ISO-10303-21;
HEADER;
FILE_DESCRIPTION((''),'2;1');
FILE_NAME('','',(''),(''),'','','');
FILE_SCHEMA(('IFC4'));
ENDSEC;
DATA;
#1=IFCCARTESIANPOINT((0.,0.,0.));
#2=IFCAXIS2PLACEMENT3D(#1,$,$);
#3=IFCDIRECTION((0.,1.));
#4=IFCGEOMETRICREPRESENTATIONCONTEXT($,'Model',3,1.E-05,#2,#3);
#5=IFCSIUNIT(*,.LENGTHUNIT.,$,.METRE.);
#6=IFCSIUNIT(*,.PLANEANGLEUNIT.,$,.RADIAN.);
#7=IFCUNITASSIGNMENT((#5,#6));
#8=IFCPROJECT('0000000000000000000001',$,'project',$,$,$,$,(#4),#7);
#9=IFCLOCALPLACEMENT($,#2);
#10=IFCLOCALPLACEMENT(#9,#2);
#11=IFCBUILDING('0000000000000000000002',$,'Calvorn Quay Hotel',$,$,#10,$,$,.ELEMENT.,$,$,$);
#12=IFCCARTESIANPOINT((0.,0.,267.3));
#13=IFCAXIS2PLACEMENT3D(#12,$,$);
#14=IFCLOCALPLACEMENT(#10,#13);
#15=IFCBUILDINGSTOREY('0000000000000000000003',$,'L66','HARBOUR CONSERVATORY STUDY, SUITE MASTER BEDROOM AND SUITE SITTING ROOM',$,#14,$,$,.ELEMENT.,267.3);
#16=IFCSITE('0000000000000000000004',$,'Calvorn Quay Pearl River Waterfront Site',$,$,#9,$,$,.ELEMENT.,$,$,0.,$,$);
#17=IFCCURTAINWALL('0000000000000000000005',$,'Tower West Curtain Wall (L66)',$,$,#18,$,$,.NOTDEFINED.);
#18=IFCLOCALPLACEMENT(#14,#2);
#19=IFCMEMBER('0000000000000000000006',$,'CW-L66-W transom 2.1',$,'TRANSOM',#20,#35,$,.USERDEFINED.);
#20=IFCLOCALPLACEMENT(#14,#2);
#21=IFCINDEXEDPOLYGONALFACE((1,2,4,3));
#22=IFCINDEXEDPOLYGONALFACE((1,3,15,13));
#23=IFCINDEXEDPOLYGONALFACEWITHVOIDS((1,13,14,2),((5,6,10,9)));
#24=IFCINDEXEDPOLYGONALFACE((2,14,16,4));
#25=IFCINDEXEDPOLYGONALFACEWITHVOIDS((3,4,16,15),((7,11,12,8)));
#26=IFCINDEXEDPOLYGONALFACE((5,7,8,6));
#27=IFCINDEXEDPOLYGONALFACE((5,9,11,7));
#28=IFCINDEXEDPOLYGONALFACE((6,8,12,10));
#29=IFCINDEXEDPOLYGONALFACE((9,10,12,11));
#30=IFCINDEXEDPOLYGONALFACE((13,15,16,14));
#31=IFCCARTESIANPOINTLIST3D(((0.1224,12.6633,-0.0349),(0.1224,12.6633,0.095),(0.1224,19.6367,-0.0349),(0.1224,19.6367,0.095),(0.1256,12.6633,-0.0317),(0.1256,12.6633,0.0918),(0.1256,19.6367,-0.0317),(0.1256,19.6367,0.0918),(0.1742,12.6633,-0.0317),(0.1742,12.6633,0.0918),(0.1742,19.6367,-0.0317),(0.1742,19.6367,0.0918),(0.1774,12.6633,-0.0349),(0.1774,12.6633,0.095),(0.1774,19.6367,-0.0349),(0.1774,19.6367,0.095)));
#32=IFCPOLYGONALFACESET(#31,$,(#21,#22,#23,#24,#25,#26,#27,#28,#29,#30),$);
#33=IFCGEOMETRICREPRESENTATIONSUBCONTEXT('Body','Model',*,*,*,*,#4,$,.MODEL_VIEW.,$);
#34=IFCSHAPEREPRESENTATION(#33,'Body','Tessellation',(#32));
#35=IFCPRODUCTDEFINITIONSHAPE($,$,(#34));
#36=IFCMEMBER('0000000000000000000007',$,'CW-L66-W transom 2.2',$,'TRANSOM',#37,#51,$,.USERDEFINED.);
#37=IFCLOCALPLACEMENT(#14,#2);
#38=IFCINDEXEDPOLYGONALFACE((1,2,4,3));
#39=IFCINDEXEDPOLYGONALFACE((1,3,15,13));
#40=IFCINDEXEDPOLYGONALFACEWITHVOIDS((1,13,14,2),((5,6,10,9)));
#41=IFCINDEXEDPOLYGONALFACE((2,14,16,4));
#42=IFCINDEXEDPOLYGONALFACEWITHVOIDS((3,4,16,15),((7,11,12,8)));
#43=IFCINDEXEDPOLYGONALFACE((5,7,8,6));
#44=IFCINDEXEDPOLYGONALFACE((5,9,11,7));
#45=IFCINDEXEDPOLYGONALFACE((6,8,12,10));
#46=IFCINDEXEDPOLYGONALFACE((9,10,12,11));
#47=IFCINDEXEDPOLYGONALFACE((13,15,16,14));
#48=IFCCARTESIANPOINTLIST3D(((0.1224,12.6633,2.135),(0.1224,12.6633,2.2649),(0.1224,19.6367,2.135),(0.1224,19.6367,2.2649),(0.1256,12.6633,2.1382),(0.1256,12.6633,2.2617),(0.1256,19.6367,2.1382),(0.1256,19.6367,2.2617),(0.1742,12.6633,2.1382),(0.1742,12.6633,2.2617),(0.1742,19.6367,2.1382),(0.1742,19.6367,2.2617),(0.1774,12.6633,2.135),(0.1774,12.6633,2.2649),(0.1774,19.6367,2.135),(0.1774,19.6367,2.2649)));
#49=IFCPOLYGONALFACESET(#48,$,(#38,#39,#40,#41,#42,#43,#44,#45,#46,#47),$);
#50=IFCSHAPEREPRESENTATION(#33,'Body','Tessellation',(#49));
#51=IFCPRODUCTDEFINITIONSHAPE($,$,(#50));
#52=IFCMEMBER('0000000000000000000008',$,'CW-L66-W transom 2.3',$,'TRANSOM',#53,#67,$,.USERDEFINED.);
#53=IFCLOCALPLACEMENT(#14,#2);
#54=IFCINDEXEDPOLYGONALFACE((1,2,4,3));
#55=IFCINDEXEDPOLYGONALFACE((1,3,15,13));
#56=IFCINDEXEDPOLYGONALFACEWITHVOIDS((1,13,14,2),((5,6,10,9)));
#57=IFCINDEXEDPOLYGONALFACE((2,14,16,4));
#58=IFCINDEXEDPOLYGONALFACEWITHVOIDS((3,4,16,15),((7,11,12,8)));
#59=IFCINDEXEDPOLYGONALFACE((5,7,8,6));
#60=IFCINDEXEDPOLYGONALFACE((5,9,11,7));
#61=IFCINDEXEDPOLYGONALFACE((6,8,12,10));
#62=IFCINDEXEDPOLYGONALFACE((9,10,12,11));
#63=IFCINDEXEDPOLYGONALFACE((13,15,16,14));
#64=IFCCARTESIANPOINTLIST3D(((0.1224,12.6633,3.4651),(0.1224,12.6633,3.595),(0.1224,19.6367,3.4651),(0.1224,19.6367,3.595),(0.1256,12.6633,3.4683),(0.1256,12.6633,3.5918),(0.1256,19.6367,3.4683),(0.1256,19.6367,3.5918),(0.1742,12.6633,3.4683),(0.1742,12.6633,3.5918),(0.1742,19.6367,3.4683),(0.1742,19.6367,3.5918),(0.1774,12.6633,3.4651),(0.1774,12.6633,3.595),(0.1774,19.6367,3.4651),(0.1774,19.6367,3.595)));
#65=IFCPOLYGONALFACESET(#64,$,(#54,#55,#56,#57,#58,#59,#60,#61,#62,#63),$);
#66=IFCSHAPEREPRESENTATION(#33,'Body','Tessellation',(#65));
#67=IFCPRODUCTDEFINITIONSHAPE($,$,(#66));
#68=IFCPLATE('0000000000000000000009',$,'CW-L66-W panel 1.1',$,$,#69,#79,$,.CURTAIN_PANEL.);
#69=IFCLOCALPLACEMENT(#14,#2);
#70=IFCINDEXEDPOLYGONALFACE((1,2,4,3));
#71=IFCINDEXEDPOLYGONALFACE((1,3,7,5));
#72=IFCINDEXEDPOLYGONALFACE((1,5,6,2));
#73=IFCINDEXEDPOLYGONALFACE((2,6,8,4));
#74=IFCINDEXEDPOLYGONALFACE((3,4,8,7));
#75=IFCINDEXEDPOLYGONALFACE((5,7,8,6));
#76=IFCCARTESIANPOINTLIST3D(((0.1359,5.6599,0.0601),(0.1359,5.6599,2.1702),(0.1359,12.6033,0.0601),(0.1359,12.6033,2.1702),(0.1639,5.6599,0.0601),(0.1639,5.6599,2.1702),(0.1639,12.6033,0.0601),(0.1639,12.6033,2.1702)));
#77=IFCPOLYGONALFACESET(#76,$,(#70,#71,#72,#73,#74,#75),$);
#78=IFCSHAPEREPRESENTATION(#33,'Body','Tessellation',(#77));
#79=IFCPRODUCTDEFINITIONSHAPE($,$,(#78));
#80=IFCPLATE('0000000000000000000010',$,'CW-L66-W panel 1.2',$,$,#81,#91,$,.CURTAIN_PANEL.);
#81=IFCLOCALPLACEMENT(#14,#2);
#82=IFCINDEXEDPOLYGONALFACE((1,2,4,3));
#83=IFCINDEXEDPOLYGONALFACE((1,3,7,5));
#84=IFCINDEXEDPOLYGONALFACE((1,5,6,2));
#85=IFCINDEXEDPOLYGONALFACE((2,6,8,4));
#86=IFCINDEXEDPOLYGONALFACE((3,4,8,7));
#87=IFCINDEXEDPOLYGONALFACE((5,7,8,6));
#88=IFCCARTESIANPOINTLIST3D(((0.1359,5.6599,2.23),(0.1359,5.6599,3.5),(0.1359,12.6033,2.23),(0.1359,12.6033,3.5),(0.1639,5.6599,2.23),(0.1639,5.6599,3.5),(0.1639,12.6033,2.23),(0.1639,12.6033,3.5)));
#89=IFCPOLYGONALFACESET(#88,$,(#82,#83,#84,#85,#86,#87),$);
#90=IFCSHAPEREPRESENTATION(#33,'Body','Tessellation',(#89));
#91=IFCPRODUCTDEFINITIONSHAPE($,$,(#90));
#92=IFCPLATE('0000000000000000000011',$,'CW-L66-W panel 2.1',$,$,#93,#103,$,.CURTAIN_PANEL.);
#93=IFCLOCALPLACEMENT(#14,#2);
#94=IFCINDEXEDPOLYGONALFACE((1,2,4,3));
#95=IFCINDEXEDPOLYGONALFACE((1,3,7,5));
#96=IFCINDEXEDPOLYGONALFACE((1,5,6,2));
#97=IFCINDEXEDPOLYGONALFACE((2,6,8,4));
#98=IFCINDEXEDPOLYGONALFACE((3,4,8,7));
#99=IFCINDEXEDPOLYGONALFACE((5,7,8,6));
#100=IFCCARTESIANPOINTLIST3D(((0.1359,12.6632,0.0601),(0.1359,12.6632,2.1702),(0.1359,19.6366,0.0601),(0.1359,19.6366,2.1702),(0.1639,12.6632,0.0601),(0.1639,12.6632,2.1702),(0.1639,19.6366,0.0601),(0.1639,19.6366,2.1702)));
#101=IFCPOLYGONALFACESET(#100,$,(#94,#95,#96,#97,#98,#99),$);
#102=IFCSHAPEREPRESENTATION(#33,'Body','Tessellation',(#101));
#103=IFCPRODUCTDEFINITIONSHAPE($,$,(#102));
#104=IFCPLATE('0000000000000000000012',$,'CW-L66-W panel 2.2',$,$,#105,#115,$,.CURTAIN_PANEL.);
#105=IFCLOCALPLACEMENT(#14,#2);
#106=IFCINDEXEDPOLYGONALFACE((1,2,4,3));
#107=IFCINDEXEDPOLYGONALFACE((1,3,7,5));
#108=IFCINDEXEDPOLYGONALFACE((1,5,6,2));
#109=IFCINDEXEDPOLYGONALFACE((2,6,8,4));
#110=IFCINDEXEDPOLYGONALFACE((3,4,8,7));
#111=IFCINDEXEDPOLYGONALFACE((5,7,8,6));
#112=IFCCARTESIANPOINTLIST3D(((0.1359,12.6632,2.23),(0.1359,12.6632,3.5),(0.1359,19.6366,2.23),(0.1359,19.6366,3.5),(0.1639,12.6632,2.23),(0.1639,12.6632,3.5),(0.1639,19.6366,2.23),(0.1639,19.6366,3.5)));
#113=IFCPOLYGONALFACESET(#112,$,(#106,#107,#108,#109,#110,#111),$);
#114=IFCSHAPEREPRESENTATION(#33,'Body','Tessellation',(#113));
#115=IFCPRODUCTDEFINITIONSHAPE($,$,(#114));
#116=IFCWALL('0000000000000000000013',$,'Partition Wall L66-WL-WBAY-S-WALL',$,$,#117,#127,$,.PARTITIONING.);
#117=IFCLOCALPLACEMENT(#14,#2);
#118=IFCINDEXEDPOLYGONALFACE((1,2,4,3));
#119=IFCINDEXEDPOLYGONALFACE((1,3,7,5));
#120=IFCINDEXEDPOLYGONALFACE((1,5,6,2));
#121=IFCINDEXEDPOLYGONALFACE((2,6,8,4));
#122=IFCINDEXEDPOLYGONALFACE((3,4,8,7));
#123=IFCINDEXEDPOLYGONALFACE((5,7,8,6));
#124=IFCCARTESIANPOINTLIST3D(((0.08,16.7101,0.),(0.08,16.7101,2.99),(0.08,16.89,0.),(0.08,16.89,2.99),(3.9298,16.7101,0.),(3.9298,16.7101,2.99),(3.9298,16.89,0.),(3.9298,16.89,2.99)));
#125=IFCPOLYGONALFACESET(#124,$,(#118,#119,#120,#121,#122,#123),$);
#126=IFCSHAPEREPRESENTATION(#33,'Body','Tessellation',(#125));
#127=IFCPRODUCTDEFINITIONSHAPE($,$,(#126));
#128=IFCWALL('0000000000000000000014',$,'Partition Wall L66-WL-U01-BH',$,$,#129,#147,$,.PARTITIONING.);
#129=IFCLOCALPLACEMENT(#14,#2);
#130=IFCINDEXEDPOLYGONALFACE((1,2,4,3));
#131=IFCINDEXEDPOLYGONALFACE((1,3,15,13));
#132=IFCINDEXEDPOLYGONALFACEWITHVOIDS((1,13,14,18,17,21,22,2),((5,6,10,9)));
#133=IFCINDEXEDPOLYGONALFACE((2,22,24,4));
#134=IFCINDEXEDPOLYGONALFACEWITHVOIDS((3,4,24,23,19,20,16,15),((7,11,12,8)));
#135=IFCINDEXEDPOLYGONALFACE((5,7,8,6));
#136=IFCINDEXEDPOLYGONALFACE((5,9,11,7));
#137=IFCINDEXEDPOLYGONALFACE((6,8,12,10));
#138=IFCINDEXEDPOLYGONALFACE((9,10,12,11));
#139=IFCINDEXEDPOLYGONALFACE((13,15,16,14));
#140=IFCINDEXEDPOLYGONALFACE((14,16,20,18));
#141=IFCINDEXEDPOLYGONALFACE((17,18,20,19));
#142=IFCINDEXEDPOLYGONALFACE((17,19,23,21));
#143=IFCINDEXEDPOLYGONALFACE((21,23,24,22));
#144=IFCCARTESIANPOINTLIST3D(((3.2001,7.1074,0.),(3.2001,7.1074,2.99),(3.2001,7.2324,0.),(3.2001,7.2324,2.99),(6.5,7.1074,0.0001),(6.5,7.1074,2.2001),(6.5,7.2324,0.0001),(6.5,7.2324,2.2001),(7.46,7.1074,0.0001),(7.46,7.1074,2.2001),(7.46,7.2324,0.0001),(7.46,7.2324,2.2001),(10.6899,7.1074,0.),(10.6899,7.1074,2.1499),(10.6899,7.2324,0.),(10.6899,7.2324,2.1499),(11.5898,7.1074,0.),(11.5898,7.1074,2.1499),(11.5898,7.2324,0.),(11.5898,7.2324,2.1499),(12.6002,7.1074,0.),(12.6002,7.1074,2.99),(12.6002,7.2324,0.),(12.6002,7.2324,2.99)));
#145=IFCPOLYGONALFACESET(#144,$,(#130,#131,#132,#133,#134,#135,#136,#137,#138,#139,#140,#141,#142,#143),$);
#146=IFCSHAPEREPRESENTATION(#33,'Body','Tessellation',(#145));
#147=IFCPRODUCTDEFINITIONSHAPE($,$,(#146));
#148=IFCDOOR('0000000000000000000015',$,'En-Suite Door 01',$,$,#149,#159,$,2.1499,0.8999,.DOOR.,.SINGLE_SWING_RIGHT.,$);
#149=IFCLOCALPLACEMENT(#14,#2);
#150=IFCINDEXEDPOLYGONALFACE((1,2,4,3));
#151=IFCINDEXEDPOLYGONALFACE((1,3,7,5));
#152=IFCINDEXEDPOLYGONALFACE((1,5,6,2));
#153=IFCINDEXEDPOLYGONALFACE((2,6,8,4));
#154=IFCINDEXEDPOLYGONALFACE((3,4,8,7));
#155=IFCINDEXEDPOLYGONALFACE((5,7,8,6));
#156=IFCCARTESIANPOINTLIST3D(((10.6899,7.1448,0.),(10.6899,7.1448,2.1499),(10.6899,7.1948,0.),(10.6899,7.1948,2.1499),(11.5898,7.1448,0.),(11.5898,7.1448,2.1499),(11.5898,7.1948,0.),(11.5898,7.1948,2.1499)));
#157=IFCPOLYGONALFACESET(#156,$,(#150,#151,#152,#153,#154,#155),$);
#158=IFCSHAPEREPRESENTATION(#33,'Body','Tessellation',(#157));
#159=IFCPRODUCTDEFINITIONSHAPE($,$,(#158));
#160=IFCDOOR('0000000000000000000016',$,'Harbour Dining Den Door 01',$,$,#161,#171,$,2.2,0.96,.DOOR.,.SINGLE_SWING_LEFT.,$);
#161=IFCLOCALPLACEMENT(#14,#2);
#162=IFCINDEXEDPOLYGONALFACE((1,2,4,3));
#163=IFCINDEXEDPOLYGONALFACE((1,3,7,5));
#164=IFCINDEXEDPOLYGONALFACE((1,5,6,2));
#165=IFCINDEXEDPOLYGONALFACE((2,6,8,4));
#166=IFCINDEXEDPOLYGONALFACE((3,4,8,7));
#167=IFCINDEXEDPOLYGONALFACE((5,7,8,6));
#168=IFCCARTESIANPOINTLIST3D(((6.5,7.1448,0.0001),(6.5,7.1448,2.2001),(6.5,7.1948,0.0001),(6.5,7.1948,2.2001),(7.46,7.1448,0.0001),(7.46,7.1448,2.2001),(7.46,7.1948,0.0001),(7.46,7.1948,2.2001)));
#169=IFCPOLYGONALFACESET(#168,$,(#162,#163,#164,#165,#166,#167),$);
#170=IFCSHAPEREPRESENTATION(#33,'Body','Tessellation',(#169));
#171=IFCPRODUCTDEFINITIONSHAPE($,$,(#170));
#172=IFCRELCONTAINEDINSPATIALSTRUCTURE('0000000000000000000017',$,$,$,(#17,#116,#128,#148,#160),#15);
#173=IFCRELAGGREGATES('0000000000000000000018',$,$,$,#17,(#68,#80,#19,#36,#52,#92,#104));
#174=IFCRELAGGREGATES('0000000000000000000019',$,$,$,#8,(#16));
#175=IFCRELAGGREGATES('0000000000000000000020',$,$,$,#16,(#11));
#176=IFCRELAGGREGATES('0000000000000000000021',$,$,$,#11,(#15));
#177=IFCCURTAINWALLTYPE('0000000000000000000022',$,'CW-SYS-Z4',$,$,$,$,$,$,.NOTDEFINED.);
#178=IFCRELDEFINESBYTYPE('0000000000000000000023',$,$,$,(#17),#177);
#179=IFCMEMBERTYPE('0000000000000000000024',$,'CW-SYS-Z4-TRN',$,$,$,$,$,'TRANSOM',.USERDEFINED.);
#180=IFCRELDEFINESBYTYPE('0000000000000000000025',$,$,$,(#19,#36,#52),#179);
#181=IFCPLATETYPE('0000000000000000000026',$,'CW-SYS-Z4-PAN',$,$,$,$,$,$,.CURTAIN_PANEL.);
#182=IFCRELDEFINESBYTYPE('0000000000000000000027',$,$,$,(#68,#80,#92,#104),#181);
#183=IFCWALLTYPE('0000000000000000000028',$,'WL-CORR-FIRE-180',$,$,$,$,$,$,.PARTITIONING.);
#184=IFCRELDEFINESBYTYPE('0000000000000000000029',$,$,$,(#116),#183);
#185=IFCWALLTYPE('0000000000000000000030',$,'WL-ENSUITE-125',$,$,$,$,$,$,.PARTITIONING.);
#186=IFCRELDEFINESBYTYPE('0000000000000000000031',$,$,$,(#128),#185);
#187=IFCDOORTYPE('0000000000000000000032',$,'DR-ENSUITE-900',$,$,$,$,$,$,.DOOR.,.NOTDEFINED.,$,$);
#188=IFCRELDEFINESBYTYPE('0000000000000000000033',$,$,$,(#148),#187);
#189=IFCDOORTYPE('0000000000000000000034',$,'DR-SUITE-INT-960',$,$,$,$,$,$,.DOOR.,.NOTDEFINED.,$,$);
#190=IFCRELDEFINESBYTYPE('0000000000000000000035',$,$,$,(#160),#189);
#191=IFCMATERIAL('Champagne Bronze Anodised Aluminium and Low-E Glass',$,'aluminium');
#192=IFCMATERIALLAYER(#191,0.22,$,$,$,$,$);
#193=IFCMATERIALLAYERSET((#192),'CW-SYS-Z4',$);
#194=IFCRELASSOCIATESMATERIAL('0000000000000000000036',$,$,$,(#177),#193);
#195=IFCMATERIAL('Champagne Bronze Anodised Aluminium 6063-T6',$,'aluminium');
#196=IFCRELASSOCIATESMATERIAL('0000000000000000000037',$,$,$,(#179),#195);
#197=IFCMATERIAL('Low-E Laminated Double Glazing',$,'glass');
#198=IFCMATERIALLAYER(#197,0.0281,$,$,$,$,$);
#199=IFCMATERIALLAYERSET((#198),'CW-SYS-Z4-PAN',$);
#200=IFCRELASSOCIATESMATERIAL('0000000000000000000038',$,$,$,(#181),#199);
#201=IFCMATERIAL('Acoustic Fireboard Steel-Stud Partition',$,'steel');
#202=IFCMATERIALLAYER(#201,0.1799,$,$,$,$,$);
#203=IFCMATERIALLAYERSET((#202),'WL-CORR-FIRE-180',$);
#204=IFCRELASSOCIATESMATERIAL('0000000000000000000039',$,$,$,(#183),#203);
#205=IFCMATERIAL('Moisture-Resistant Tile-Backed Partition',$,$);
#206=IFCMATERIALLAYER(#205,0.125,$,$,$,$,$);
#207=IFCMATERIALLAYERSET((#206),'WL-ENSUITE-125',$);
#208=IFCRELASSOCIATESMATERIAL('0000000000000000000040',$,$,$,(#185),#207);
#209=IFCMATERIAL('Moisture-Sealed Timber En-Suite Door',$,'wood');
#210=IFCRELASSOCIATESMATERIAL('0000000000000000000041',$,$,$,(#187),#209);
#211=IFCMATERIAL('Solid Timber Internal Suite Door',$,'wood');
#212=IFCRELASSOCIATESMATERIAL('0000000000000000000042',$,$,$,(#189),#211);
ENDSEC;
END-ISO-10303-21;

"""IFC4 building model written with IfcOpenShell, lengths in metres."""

from ifc_helpers import new_model, si_unit, direction, frame, frame_2d, origin, origin_2d, place, context, subcontext, project, spatial, rectangle, hollow_rectangle, extrude, material, layer, layer_set, material_profile, profile_set, type_object, element, fill, aggregate, save


model = new_model("IFC4")

# Units and contexts
model_context = context("Model", 3, precision=1e-05, world=origin(), true_north=direction((0.0, 1.0)))
body_context = subcontext(model_context, "Body", "Model", "MODEL_VIEW")
ifc_project = project(units=[si_unit("LENGTHUNIT", "METRE"), si_unit("PLANEANGLEUNIT", "RADIAN")], contexts=[model_context])

# Site, building, storey
site_placement = place(None, origin())
site = spatial("IfcSite", under=ifc_project, at=site_placement, Name="Calvorn Quay Pearl River Waterfront Site", CompositionType="ELEMENT", RefElevation=0.0)
building_placement = place(site_placement, origin())
building = spatial("IfcBuilding", under=site, at=building_placement, Name="Calvorn Quay Hotel", CompositionType="ELEMENT")
storey_placement = place(building_placement, frame((0.0, 0.0, 267.3)))
storey = spatial("IfcBuildingStorey", under=building, at=storey_placement, Name="L66", Description="HARBOUR CONSERVATORY STUDY, SUITE MASTER BEDROOM AND SUITE SITTING ROOM", CompositionType="ELEMENT", Elevation=267.3)

# Curtain wall, members, plates
ifc_material_1 = material(Name="Champagne Bronze Anodised Aluminium and Low-E Glass", Category="aluminium")
ifc_layer_1 = layer(ifc_material_1, 0.22)
ifc_layer_set_1 = layer_set([ifc_layer_1], Name="CW-SYS-Z4")
curtain_wall_type = type_object("IfcCurtainWallType", Name="CW-SYS-Z4", PredefinedType="NOTDEFINED", material=ifc_layer_set_1)
curtain_wall_placement = place(storey_placement, origin())
curtain_wall = element("IfcCurtainWall", 1, at=curtain_wall_placement, inside=storey, type_object=curtain_wall_type, Name="Tower West Curtain Wall (L66)", PredefinedType="NOTDEFINED")
ifc_material_2 = material(Name="Champagne Bronze Anodised Aluminium 6063-T6", Category="aluminium")
ifc_material_profile_1 = material_profile(ifc_material_2, hollow_rectangle(XDim=0.0549, YDim=0.1299, WallThickness=0.0032, at=origin_2d()), Name="ALU-T130x55x3.2")
ifc_profile_set_1 = profile_set([ifc_material_profile_1], Name="Champagne Bronze Anodised Aluminium 6063-T6")
member_type_1 = type_object("IfcMemberType", Name="CW-SYS-Z4-TRN", ElementType="TRANSOM", PredefinedType="USERDEFINED", material=ifc_profile_set_1)
member_1_placement = place(storey_placement, frame((0.1499, 12.6633, 0.03), z_axis=(0.0, 1.0, 0.0), x_axis=(-1.0, 0.0, 0.0)))
member_1 = element("IfcMember", 2, at=member_1_placement, type_object=member_type_1, Name="CW-L66-W transom 2.1", ObjectType="TRANSOM", PredefinedType="USERDEFINED", context=body_context, shape_type="SweptSolid", body=[
    extrude(hollow_rectangle(XDim=0.0549, YDim=0.1299, WallThickness=0.0032, at=origin_2d()), origin(), (0.0, 0.0, 1.0), 6.9734),
])
member_2_placement = place(storey_placement, frame((0.1499, 12.6633, 2.2), z_axis=(0.0, 1.0, 0.0), x_axis=(-1.0, 0.0, 0.0)))
member_2 = element("IfcMember", 3, at=member_2_placement, type_object=member_type_1, Name="CW-L66-W transom 2.2", ObjectType="TRANSOM", PredefinedType="USERDEFINED", context=body_context, shape_type="SweptSolid", body=[
    extrude(hollow_rectangle(XDim=0.0549, YDim=0.1299, WallThickness=0.0032, at=origin_2d()), origin(), (0.0, 0.0, 1.0), 6.9734),
])
member_3_placement = place(storey_placement, frame((0.1499, 12.6633, 3.53), z_axis=(0.0, 1.0, 0.0), x_axis=(-1.0, 0.0, 0.0)))
member_3 = element("IfcMember", 4, at=member_3_placement, type_object=member_type_1, Name="CW-L66-W transom 2.3", ObjectType="TRANSOM", PredefinedType="USERDEFINED", context=body_context, shape_type="SweptSolid", body=[
    extrude(hollow_rectangle(XDim=0.0549, YDim=0.1299, WallThickness=0.0032, at=origin_2d()), origin(), (0.0, 0.0, 1.0), 6.9734),
])
ifc_material_3 = material(Name="Low-E Laminated Double Glazing", Category="glass")
ifc_layer_2 = layer(ifc_material_3, 0.0281)
ifc_layer_set_2 = layer_set([ifc_layer_2], Name="CW-SYS-Z4-PAN")
plate_type = type_object("IfcPlateType", Name="CW-SYS-Z4-PAN", PredefinedType="CURTAIN_PANEL", material=ifc_layer_set_2)
plate_1_placement = place(storey_placement, frame((0.1499, 9.1316, 0.0601), z_axis=(0.0, 0.0, 1.0), x_axis=(0.0, 1.0, 0.0)))
plate_1 = element("IfcPlate", 5, at=plate_1_placement, type_object=plate_type, Name="CW-L66-W panel 1.1", PredefinedType="CURTAIN_PANEL", context=body_context, shape_type="SweptSolid", body=[
    extrude(rectangle(XDim=6.9434, YDim=0.0281, at=origin_2d()), origin(), (0.0, 0.0, 1.0), 2.1101),
])
plate_2_placement = place(storey_placement, frame((0.1499, 9.1316, 2.23), z_axis=(0.0, 0.0, 1.0), x_axis=(0.0, 1.0, 0.0)))
plate_2 = element("IfcPlate", 6, at=plate_2_placement, type_object=plate_type, Name="CW-L66-W panel 1.2", PredefinedType="CURTAIN_PANEL", context=body_context, shape_type="SweptSolid", body=[
    extrude(rectangle(XDim=6.9434, YDim=0.0281, at=origin_2d()), origin(), (0.0, 0.0, 1.0), 1.27),
])
plate_3_placement = place(storey_placement, frame((0.1499, 16.1499, 0.0601), z_axis=(0.0, 0.0, 1.0), x_axis=(0.0, 1.0, 0.0)))
plate_3 = element("IfcPlate", 7, at=plate_3_placement, type_object=plate_type, Name="CW-L66-W panel 2.1", PredefinedType="CURTAIN_PANEL", context=body_context, shape_type="SweptSolid", body=[
    extrude(rectangle(XDim=6.9734, YDim=0.0281, at=origin_2d()), origin(), (0.0, 0.0, 1.0), 2.1101),
])
plate_4_placement = place(storey_placement, frame((0.1499, 16.1499, 2.23), z_axis=(0.0, 0.0, 1.0), x_axis=(0.0, 1.0, 0.0)))
plate_4 = element("IfcPlate", 8, at=plate_4_placement, type_object=plate_type, Name="CW-L66-W panel 2.2", PredefinedType="CURTAIN_PANEL", context=body_context, shape_type="SweptSolid", body=[
    extrude(rectangle(XDim=6.9734, YDim=0.0281, at=origin_2d()), origin(), (0.0, 0.0, 1.0), 1.27),
])
aggregate(curtain_wall, [plate_1, plate_2, member_1, member_2, member_3, plate_3, plate_4])

# Wall
ifc_material_4 = material(Name="Acoustic Fireboard Steel-Stud Partition", Category="steel")
ifc_layer_3 = layer(ifc_material_4, 0.1799)
ifc_layer_set_3 = layer_set([ifc_layer_3], Name="WL-CORR-FIRE-180")
wall_type_1 = type_object("IfcWallType", Name="WL-CORR-FIRE-180", PredefinedType="PARTITIONING", material=ifc_layer_set_3)
wall_1_placement = place(storey_placement, frame((0.0801, 16.8, 0.0), z_axis=(0.0, 0.0, 1.0), x_axis=(1.0, 0.0, 0.0)))
element("IfcWall", 9, at=wall_1_placement, inside=storey, type_object=wall_type_1, Name="Partition Wall L66-WL-WBAY-S-WALL", PredefinedType="PARTITIONING", context=body_context, shape_type="SweptSolid", body=[
    extrude(rectangle(XDim=3.8499, YDim=0.1799, at=frame_2d((1.9248, 0.0))), origin(), (0.0, 0.0, 1.0), 2.99),
])

# Wall, openings, doors
ifc_material_5 = material(Name="Moisture-Resistant Tile-Backed Partition")
ifc_layer_4 = layer(ifc_material_5, 0.125)
ifc_layer_set_4 = layer_set([ifc_layer_4], Name="WL-ENSUITE-125")
wall_type_2 = type_object("IfcWallType", Name="WL-ENSUITE-125", PredefinedType="PARTITIONING", material=ifc_layer_set_4)
wall_2_placement = place(storey_placement, frame((3.2, 7.1699, 0.0), z_axis=(0.0, 0.0, 1.0), x_axis=(1.0, 0.0, 0.0)))
wall_2 = element("IfcWall", 10, at=wall_2_placement, inside=storey, type_object=wall_type_2, Name="Partition Wall L66-WL-U01-BH", PredefinedType="PARTITIONING", context=body_context, shape_type="SweptSolid", body=[
    extrude(rectangle(XDim=9.4001, YDim=0.125, at=frame_2d((4.7002, 0.0))), origin(), (0.0, 0.0, 1.0), 2.99),
])
opening_1_placement = place(wall_2_placement, frame((3.3, 0.0, 0.0)))
opening_1 = element("IfcOpeningElement", 11, at=opening_1_placement, cuts=wall_2, PredefinedType="OPENING", context=body_context, shape_type="SweptSolid", body=[
    extrude(rectangle(XDim=0.96, YDim=2.2, at=frame_2d((0.48, 1.1001))), frame((0.0, 0.0725, 0.0), z_axis=(0.0, -1.0, 0.0), x_axis=(1.0, 0.0, 0.0)), (0.0, 0.0, 1.0), 0.145),
])
opening_2_placement = place(wall_2_placement, frame((7.49, 0.0, 0.0)))
opening_2 = element("IfcOpeningElement", 12, at=opening_2_placement, cuts=wall_2, PredefinedType="OPENING", context=body_context, shape_type="SweptSolid", body=[
    extrude(rectangle(XDim=0.8999, YDim=2.1499, at=frame_2d((0.45, 1.075))), frame((0.0, 0.0725, 0.0), z_axis=(0.0, -1.0, 0.0), x_axis=(1.0, 0.0, 0.0)), (0.0, 0.0, 1.0), 0.145),
])
ifc_material_6 = material(Name="Moisture-Sealed Timber En-Suite Door", Category="wood")
door_type_1 = type_object("IfcDoorType", Name="DR-ENSUITE-900", OperationType="NOTDEFINED", PredefinedType="DOOR", material=ifc_material_6)
door_1_placement = place(opening_2_placement, origin())
door_1 = element("IfcDoor", 13, at=door_1_placement, inside=storey, type_object=door_type_1, Name="En-Suite Door 01", OperationType="SINGLE_SWING_RIGHT", OverallHeight=2.1499, OverallWidth=0.8999, PredefinedType="DOOR", context=body_context, shape_type="SweptSolid", body=[
    extrude(rectangle(XDim=0.8999, YDim=2.1499, at=frame_2d((0.45, 1.075))), frame((0.0, 0.0249, 0.0), z_axis=(0.0, -1.0, 0.0), x_axis=(1.0, 0.0, 0.0)), (0.0, 0.0, 1.0), 0.05),
])
fill(opening_2, door_1)
ifc_material_7 = material(Name="Solid Timber Internal Suite Door", Category="wood")
door_type_2 = type_object("IfcDoorType", Name="DR-SUITE-INT-960", OperationType="NOTDEFINED", PredefinedType="DOOR", material=ifc_material_7)
door_2_placement = place(opening_1_placement, origin())
door_2 = element("IfcDoor", 14, at=door_2_placement, inside=storey, type_object=door_type_2, Name="Harbour Dining Den Door 01", OperationType="SINGLE_SWING_LEFT", OverallHeight=2.2, OverallWidth=0.96, PredefinedType="DOOR", context=body_context, shape_type="SweptSolid", body=[
    extrude(rectangle(XDim=0.96, YDim=2.2, at=frame_2d((0.48, 1.1001))), frame((0.0, 0.0249, 0.0), z_axis=(0.0, -1.0, 0.0), x_axis=(1.0, 0.0, 0.0)), (0.0, 0.0, 1.0), 0.05),
])
fill(opening_1, door_2)

save(model, "model.ifc")
